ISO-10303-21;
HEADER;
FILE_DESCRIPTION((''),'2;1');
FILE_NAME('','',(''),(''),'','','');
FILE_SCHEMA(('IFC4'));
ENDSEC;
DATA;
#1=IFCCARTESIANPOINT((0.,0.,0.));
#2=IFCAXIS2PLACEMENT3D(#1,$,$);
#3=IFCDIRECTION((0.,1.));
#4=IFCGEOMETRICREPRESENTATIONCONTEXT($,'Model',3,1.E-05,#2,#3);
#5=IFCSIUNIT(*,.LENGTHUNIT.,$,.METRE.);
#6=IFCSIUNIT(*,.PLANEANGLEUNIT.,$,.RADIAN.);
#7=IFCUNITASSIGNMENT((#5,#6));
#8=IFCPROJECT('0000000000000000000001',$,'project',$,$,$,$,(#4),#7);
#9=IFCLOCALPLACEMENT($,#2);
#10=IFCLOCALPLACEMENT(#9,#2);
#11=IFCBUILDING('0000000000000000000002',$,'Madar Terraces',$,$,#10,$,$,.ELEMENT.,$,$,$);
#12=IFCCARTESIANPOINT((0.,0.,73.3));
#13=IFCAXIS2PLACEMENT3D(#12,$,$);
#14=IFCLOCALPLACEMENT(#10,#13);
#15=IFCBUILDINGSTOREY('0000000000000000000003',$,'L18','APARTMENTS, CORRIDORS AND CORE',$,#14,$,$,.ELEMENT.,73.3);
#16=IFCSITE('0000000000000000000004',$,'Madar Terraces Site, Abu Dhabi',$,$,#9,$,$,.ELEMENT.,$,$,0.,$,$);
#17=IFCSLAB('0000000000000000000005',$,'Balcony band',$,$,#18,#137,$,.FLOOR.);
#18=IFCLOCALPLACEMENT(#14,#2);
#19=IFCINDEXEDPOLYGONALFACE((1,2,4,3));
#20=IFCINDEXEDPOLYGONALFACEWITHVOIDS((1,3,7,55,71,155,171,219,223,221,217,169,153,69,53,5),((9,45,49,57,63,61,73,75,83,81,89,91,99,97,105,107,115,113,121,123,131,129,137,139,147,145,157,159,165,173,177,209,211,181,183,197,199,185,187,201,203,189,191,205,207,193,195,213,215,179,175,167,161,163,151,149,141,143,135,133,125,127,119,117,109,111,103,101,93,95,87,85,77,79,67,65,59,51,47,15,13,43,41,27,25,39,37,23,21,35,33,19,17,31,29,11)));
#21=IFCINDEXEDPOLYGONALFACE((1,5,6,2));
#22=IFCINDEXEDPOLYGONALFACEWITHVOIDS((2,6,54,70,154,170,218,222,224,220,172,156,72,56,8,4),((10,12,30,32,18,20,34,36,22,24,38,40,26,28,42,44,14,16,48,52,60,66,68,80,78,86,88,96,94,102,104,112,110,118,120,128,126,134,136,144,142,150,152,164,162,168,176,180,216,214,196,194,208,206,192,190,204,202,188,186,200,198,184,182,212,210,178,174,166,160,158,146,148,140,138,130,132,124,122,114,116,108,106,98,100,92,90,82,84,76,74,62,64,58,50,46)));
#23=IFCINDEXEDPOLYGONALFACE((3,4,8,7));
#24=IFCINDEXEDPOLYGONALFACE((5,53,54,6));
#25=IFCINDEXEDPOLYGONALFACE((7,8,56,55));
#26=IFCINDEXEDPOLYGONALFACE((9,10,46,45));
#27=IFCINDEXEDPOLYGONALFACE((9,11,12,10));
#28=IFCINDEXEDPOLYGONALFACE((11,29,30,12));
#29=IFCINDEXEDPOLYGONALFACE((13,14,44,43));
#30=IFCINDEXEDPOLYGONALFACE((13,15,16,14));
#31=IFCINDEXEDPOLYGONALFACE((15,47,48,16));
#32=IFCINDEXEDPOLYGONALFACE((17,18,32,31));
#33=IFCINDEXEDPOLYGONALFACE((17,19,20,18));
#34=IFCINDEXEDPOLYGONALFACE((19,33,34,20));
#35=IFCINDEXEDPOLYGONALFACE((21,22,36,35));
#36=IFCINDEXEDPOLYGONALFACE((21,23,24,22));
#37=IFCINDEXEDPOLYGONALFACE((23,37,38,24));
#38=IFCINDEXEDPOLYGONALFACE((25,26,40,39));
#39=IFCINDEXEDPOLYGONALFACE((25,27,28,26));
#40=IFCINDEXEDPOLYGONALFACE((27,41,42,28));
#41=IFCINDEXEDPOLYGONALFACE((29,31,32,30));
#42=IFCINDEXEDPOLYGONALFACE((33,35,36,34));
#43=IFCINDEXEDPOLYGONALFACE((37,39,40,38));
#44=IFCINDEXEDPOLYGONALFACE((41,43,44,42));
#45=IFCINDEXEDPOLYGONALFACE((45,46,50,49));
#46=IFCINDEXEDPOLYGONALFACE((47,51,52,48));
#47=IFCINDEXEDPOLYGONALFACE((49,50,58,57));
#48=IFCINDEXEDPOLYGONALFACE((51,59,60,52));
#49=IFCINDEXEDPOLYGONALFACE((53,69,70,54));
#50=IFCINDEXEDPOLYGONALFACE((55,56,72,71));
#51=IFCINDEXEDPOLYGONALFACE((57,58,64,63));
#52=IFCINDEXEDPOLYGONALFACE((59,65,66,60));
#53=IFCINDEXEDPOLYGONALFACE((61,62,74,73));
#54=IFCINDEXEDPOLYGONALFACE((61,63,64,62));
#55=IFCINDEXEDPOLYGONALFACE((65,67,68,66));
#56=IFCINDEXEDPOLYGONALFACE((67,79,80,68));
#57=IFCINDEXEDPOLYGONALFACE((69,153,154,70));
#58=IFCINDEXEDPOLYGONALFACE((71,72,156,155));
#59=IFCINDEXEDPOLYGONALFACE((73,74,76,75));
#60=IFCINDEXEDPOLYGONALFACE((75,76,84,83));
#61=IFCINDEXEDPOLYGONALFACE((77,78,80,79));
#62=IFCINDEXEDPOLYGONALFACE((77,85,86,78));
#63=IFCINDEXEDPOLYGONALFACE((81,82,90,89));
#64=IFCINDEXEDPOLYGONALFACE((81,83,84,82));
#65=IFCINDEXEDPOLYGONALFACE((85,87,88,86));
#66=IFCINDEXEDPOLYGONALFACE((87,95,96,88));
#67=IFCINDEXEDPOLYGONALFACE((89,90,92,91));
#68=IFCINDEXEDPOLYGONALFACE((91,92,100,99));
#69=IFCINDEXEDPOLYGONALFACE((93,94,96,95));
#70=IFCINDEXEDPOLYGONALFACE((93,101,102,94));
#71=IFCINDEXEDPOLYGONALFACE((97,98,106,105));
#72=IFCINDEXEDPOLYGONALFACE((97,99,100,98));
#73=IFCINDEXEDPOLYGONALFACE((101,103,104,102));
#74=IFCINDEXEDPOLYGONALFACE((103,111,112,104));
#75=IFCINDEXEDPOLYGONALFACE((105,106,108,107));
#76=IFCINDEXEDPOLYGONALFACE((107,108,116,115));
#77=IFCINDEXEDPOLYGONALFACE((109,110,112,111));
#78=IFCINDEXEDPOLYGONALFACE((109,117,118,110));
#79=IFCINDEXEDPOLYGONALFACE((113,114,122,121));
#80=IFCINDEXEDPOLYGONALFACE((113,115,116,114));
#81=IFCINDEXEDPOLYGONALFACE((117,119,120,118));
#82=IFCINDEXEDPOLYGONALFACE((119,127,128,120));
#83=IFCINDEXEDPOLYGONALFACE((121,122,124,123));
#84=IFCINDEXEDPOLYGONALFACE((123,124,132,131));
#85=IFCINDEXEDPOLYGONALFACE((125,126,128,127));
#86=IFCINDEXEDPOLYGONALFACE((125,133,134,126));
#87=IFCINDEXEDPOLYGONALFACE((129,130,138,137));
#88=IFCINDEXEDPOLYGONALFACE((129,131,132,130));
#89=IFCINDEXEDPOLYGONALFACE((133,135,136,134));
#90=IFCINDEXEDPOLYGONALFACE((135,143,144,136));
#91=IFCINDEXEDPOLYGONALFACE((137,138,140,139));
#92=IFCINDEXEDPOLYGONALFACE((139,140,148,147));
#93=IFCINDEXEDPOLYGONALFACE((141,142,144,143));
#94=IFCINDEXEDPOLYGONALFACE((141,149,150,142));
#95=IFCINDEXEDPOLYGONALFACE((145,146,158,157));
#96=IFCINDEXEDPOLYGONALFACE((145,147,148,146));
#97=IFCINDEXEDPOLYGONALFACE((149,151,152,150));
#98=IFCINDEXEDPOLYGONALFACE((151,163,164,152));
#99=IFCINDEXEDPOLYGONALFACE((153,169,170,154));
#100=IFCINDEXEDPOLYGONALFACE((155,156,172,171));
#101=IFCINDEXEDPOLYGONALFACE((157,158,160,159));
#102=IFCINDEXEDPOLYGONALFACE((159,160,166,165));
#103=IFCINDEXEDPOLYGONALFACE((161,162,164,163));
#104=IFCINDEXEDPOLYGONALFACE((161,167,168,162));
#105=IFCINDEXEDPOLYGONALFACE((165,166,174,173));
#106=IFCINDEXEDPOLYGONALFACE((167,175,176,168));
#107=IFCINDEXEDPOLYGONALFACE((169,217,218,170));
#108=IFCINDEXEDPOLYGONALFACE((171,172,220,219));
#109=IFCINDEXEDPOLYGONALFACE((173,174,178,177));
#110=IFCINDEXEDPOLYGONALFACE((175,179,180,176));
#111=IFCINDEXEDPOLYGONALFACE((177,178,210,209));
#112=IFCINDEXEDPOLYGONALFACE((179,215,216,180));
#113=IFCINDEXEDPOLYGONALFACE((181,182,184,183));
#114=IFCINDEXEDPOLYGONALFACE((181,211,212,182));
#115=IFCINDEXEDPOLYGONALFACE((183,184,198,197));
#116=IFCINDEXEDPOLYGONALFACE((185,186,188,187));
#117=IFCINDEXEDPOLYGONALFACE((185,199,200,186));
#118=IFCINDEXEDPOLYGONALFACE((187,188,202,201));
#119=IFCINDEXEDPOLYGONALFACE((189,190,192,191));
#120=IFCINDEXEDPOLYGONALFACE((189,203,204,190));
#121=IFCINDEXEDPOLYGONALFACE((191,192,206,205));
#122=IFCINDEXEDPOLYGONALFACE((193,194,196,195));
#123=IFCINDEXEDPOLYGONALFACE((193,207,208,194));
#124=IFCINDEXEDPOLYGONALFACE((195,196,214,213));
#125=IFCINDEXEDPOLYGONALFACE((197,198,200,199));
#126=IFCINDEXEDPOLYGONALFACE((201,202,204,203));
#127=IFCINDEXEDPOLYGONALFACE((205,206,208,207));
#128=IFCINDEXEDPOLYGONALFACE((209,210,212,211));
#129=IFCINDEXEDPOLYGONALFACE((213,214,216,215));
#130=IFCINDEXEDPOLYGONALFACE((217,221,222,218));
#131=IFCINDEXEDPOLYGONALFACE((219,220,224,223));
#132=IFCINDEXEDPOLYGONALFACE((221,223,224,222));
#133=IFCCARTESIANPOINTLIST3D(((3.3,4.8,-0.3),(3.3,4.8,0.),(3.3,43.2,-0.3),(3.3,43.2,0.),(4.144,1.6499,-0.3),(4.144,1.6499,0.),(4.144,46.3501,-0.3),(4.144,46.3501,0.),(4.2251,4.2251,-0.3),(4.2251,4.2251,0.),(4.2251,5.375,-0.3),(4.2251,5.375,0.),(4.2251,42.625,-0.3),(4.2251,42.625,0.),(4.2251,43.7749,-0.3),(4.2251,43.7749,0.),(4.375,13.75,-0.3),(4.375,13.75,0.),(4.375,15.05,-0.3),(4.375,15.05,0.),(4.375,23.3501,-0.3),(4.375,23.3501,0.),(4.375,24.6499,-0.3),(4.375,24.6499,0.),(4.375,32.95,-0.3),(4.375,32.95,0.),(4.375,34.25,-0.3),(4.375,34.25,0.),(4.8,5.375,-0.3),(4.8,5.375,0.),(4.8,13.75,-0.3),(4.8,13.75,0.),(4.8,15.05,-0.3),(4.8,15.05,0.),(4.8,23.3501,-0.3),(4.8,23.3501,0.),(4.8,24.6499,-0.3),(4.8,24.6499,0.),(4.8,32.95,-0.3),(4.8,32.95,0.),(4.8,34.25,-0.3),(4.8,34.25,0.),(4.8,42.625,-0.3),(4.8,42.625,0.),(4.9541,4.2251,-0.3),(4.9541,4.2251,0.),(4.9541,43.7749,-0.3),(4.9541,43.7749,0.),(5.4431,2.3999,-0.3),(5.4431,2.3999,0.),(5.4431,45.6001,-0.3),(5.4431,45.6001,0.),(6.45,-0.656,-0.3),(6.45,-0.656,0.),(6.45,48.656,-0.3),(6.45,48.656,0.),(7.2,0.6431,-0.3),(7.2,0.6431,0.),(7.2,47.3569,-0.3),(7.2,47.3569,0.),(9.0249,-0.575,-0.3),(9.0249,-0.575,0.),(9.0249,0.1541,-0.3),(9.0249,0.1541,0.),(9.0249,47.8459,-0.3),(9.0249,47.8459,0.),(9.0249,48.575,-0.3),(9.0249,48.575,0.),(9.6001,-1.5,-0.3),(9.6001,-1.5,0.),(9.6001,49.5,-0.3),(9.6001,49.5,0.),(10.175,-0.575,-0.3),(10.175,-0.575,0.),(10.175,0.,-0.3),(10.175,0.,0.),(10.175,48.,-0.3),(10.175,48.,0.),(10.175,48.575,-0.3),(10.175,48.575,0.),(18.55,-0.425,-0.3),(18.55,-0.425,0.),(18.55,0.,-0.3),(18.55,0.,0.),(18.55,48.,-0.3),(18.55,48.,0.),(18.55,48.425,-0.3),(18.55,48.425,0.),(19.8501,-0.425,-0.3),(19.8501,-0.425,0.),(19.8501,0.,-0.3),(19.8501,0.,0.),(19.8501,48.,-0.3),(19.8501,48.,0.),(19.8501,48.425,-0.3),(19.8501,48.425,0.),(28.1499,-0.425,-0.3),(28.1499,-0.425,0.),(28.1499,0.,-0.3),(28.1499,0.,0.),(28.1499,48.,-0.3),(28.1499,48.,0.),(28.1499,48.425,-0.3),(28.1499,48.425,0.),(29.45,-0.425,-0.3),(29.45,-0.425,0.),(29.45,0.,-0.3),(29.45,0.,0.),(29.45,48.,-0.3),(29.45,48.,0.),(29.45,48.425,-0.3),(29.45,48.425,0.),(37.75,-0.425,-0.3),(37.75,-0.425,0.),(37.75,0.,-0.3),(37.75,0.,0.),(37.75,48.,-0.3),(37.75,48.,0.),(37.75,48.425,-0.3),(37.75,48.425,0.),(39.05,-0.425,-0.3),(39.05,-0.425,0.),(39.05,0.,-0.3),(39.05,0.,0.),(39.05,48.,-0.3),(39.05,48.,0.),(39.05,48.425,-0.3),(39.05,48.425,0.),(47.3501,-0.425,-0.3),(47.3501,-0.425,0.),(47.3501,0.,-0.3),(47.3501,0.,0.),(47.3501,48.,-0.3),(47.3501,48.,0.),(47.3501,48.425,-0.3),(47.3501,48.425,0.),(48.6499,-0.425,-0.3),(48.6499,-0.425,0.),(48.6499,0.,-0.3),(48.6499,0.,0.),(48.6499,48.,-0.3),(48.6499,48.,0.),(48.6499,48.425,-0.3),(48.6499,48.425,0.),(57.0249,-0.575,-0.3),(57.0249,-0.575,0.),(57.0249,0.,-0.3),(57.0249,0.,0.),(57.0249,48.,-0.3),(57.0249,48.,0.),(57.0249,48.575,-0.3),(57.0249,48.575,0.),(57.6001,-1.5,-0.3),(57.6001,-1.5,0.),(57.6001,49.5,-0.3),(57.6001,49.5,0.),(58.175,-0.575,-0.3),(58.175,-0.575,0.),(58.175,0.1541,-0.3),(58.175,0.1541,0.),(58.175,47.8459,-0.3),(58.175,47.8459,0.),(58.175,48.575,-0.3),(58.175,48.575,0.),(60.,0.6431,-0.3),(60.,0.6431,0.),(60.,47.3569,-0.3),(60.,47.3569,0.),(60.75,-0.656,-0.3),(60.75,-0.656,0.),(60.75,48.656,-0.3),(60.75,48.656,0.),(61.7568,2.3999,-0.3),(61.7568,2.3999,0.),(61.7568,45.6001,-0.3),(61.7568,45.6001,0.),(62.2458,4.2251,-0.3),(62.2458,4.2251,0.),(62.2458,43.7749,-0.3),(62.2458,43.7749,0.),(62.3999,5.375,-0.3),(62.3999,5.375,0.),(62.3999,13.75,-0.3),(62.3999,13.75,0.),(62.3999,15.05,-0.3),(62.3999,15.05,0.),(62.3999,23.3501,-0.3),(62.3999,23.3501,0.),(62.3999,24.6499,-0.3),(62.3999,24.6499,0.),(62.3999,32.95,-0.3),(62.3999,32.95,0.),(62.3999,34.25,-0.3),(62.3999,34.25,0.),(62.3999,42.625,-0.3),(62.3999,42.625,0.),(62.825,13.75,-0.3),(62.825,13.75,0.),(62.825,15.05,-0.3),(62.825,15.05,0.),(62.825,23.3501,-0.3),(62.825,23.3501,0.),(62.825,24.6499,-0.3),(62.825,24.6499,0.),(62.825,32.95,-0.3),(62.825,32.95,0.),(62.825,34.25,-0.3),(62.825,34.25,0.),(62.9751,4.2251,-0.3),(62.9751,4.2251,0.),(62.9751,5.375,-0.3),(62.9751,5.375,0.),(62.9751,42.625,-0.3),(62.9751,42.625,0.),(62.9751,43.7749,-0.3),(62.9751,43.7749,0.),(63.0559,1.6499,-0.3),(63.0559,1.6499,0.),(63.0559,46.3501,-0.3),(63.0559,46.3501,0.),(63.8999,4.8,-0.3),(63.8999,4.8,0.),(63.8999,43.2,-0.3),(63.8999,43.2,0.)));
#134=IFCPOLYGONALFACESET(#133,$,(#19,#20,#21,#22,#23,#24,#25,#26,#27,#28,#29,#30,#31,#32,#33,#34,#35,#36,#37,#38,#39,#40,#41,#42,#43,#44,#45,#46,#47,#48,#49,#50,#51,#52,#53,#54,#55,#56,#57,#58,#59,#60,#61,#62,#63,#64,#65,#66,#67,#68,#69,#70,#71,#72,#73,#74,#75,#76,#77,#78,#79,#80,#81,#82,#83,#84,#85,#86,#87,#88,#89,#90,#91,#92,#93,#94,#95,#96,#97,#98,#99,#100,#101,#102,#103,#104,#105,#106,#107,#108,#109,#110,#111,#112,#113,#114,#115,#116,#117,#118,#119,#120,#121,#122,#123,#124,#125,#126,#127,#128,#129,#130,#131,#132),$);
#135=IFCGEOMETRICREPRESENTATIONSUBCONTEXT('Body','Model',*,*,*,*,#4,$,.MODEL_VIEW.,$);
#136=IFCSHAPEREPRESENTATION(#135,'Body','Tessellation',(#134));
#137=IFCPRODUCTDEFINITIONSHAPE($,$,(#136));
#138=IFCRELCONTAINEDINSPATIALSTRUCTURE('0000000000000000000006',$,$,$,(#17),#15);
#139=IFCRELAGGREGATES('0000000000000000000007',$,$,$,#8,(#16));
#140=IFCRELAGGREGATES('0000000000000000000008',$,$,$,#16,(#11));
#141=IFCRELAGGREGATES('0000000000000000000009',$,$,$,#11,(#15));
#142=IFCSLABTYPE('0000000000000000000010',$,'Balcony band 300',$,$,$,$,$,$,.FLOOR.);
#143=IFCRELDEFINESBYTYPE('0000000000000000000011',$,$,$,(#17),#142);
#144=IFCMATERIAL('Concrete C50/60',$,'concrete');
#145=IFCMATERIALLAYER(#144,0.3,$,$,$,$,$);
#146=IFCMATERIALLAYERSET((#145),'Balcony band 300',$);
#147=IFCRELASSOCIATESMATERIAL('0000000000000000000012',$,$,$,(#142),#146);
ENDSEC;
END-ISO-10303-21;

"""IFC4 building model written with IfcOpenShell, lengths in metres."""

from ifc_helpers import new_model, si_unit, direction, frame, origin, place, context, subcontext, project, spatial, polyline, outline, extrude, material, layer, layer_set, type_object, element, save


model = new_model("IFC4")

# Units and contexts
model_context = context("Model", 3, precision=1e-05, world=origin(), true_north=direction((0.0, 1.0)))
body_context = subcontext(model_context, "Body", "Model", "MODEL_VIEW")
ifc_project = project(units=[si_unit("LENGTHUNIT", "METRE"), si_unit("PLANEANGLEUNIT", "RADIAN")], contexts=[model_context])

# Site, building, storey
site_placement = place(None, origin())
site = spatial("IfcSite", under=ifc_project, at=site_placement, Name="Madar Terraces Site, Abu Dhabi", CompositionType="ELEMENT", RefElevation=0.0)
building_placement = place(site_placement, origin())
building = spatial("IfcBuilding", under=site, at=building_placement, Name="Madar Terraces", CompositionType="ELEMENT")
storey_placement = place(building_placement, frame((0.0, 0.0, 73.3)))
storey = spatial("IfcBuildingStorey", under=building, at=storey_placement, Name="L18", Description="APARTMENTS, CORRIDORS AND CORE", CompositionType="ELEMENT", Elevation=73.3)

# Slab
ifc_material_1 = material(Name="Concrete C50/60", Category="concrete")
ifc_layer_1 = layer(ifc_material_1, 0.3)
ifc_layer_set_1 = layer_set([ifc_layer_1], Name="Balcony band 300")
slab_type_1 = type_object("IfcSlabType", Name="Balcony band 300", PredefinedType="FLOOR", material=ifc_layer_set_1)
slab_1_placement = place(storey_placement, frame((0.0, 0.0, -0.3)))
element("IfcSlab", 1, at=slab_1_placement, inside=storey, type_object=slab_type_1, Name="Balcony band", PredefinedType="FLOOR", context=body_context, shape_type="SweptSolid", body=[
    extrude(outline(polyline([(9.6001, -1.5), (6.45, -0.656), (4.144, 1.6499), (3.3, 4.8), (3.3, 43.2), (4.144, 46.3501), (6.45, 48.656), (9.6001, 49.5), (57.6001, 49.5), (60.75, 48.656), (63.0559, 46.3501), (63.8999, 43.2), (63.8999, 4.8), (63.0559, 1.6499), (60.75, -0.656), (57.6001, -1.5), (9.6001, -1.5)]), holes=[polyline([(10.175, -0.575), (10.175, 0.0), (18.55, 0.0), (18.55, -0.425), (19.8501, -0.425), (19.8501, 0.0), (28.1499, 0.0), (28.1499, -0.425), (29.45, -0.425), (29.45, 0.0), (37.75, 0.0), (37.75, -0.425), (39.05, -0.425), (39.05, 0.0), (47.3501, 0.0), (47.3501, -0.425), (48.6499, -0.425), (48.6499, 0.0), (57.0249, 0.0), (57.0249, -0.575), (58.175, -0.575), (58.175, 0.1541), (60.0, 0.6431), (61.7568, 2.3999), (62.2458, 4.2251), (62.9751, 4.2251), (62.9751, 5.375), (62.3999, 5.375), (62.3999, 13.75), (62.825, 13.75), (62.825, 15.05), (62.3999, 15.05), (62.3999, 23.3501), (62.825, 23.3501), (62.825, 24.6499), (62.3999, 24.6499), (62.3999, 32.95), (62.825, 32.95), (62.825, 34.25), (62.3999, 34.25), (62.3999, 42.625), (62.9751, 42.625), (62.9751, 43.7749), (62.2458, 43.7749), (61.7568, 45.6001), (60.0, 47.3569), (58.175, 47.8459), (58.175, 48.575), (57.0249, 48.575), (57.0249, 48.0), (48.6499, 48.0), (48.6499, 48.425), (47.3501, 48.425), (47.3501, 48.0), (39.05, 48.0), (39.05, 48.425), (37.75, 48.425), (37.75, 48.0), (29.45, 48.0), (29.45, 48.425), (28.1499, 48.425), (28.1499, 48.0), (19.8501, 48.0), (19.8501, 48.425), (18.55, 48.425), (18.55, 48.0), (10.175, 48.0), (10.175, 48.575), (9.0249, 48.575), (9.0249, 47.8459), (7.2, 47.3569), (5.4431, 45.6001), (4.9541, 43.7749), (4.2251, 43.7749), (4.2251, 42.625), (4.8, 42.625), (4.8, 34.25), (4.375, 34.25), (4.375, 32.95), (4.8, 32.95), (4.8, 24.6499), (4.375, 24.6499), (4.375, 23.3501), (4.8, 23.3501), (4.8, 15.05), (4.375, 15.05), (4.375, 13.75), (4.8, 13.75), (4.8, 5.375), (4.2251, 5.375), (4.2251, 4.2251), (4.9541, 4.2251), (5.4431, 2.3999), (7.2, 0.6431), (9.0249, 0.1541), (9.0249, -0.575), (10.175, -0.575)])]), origin(), (0.0, 0.0, 1.0), 0.3),
])

save(model, "model.ifc")
